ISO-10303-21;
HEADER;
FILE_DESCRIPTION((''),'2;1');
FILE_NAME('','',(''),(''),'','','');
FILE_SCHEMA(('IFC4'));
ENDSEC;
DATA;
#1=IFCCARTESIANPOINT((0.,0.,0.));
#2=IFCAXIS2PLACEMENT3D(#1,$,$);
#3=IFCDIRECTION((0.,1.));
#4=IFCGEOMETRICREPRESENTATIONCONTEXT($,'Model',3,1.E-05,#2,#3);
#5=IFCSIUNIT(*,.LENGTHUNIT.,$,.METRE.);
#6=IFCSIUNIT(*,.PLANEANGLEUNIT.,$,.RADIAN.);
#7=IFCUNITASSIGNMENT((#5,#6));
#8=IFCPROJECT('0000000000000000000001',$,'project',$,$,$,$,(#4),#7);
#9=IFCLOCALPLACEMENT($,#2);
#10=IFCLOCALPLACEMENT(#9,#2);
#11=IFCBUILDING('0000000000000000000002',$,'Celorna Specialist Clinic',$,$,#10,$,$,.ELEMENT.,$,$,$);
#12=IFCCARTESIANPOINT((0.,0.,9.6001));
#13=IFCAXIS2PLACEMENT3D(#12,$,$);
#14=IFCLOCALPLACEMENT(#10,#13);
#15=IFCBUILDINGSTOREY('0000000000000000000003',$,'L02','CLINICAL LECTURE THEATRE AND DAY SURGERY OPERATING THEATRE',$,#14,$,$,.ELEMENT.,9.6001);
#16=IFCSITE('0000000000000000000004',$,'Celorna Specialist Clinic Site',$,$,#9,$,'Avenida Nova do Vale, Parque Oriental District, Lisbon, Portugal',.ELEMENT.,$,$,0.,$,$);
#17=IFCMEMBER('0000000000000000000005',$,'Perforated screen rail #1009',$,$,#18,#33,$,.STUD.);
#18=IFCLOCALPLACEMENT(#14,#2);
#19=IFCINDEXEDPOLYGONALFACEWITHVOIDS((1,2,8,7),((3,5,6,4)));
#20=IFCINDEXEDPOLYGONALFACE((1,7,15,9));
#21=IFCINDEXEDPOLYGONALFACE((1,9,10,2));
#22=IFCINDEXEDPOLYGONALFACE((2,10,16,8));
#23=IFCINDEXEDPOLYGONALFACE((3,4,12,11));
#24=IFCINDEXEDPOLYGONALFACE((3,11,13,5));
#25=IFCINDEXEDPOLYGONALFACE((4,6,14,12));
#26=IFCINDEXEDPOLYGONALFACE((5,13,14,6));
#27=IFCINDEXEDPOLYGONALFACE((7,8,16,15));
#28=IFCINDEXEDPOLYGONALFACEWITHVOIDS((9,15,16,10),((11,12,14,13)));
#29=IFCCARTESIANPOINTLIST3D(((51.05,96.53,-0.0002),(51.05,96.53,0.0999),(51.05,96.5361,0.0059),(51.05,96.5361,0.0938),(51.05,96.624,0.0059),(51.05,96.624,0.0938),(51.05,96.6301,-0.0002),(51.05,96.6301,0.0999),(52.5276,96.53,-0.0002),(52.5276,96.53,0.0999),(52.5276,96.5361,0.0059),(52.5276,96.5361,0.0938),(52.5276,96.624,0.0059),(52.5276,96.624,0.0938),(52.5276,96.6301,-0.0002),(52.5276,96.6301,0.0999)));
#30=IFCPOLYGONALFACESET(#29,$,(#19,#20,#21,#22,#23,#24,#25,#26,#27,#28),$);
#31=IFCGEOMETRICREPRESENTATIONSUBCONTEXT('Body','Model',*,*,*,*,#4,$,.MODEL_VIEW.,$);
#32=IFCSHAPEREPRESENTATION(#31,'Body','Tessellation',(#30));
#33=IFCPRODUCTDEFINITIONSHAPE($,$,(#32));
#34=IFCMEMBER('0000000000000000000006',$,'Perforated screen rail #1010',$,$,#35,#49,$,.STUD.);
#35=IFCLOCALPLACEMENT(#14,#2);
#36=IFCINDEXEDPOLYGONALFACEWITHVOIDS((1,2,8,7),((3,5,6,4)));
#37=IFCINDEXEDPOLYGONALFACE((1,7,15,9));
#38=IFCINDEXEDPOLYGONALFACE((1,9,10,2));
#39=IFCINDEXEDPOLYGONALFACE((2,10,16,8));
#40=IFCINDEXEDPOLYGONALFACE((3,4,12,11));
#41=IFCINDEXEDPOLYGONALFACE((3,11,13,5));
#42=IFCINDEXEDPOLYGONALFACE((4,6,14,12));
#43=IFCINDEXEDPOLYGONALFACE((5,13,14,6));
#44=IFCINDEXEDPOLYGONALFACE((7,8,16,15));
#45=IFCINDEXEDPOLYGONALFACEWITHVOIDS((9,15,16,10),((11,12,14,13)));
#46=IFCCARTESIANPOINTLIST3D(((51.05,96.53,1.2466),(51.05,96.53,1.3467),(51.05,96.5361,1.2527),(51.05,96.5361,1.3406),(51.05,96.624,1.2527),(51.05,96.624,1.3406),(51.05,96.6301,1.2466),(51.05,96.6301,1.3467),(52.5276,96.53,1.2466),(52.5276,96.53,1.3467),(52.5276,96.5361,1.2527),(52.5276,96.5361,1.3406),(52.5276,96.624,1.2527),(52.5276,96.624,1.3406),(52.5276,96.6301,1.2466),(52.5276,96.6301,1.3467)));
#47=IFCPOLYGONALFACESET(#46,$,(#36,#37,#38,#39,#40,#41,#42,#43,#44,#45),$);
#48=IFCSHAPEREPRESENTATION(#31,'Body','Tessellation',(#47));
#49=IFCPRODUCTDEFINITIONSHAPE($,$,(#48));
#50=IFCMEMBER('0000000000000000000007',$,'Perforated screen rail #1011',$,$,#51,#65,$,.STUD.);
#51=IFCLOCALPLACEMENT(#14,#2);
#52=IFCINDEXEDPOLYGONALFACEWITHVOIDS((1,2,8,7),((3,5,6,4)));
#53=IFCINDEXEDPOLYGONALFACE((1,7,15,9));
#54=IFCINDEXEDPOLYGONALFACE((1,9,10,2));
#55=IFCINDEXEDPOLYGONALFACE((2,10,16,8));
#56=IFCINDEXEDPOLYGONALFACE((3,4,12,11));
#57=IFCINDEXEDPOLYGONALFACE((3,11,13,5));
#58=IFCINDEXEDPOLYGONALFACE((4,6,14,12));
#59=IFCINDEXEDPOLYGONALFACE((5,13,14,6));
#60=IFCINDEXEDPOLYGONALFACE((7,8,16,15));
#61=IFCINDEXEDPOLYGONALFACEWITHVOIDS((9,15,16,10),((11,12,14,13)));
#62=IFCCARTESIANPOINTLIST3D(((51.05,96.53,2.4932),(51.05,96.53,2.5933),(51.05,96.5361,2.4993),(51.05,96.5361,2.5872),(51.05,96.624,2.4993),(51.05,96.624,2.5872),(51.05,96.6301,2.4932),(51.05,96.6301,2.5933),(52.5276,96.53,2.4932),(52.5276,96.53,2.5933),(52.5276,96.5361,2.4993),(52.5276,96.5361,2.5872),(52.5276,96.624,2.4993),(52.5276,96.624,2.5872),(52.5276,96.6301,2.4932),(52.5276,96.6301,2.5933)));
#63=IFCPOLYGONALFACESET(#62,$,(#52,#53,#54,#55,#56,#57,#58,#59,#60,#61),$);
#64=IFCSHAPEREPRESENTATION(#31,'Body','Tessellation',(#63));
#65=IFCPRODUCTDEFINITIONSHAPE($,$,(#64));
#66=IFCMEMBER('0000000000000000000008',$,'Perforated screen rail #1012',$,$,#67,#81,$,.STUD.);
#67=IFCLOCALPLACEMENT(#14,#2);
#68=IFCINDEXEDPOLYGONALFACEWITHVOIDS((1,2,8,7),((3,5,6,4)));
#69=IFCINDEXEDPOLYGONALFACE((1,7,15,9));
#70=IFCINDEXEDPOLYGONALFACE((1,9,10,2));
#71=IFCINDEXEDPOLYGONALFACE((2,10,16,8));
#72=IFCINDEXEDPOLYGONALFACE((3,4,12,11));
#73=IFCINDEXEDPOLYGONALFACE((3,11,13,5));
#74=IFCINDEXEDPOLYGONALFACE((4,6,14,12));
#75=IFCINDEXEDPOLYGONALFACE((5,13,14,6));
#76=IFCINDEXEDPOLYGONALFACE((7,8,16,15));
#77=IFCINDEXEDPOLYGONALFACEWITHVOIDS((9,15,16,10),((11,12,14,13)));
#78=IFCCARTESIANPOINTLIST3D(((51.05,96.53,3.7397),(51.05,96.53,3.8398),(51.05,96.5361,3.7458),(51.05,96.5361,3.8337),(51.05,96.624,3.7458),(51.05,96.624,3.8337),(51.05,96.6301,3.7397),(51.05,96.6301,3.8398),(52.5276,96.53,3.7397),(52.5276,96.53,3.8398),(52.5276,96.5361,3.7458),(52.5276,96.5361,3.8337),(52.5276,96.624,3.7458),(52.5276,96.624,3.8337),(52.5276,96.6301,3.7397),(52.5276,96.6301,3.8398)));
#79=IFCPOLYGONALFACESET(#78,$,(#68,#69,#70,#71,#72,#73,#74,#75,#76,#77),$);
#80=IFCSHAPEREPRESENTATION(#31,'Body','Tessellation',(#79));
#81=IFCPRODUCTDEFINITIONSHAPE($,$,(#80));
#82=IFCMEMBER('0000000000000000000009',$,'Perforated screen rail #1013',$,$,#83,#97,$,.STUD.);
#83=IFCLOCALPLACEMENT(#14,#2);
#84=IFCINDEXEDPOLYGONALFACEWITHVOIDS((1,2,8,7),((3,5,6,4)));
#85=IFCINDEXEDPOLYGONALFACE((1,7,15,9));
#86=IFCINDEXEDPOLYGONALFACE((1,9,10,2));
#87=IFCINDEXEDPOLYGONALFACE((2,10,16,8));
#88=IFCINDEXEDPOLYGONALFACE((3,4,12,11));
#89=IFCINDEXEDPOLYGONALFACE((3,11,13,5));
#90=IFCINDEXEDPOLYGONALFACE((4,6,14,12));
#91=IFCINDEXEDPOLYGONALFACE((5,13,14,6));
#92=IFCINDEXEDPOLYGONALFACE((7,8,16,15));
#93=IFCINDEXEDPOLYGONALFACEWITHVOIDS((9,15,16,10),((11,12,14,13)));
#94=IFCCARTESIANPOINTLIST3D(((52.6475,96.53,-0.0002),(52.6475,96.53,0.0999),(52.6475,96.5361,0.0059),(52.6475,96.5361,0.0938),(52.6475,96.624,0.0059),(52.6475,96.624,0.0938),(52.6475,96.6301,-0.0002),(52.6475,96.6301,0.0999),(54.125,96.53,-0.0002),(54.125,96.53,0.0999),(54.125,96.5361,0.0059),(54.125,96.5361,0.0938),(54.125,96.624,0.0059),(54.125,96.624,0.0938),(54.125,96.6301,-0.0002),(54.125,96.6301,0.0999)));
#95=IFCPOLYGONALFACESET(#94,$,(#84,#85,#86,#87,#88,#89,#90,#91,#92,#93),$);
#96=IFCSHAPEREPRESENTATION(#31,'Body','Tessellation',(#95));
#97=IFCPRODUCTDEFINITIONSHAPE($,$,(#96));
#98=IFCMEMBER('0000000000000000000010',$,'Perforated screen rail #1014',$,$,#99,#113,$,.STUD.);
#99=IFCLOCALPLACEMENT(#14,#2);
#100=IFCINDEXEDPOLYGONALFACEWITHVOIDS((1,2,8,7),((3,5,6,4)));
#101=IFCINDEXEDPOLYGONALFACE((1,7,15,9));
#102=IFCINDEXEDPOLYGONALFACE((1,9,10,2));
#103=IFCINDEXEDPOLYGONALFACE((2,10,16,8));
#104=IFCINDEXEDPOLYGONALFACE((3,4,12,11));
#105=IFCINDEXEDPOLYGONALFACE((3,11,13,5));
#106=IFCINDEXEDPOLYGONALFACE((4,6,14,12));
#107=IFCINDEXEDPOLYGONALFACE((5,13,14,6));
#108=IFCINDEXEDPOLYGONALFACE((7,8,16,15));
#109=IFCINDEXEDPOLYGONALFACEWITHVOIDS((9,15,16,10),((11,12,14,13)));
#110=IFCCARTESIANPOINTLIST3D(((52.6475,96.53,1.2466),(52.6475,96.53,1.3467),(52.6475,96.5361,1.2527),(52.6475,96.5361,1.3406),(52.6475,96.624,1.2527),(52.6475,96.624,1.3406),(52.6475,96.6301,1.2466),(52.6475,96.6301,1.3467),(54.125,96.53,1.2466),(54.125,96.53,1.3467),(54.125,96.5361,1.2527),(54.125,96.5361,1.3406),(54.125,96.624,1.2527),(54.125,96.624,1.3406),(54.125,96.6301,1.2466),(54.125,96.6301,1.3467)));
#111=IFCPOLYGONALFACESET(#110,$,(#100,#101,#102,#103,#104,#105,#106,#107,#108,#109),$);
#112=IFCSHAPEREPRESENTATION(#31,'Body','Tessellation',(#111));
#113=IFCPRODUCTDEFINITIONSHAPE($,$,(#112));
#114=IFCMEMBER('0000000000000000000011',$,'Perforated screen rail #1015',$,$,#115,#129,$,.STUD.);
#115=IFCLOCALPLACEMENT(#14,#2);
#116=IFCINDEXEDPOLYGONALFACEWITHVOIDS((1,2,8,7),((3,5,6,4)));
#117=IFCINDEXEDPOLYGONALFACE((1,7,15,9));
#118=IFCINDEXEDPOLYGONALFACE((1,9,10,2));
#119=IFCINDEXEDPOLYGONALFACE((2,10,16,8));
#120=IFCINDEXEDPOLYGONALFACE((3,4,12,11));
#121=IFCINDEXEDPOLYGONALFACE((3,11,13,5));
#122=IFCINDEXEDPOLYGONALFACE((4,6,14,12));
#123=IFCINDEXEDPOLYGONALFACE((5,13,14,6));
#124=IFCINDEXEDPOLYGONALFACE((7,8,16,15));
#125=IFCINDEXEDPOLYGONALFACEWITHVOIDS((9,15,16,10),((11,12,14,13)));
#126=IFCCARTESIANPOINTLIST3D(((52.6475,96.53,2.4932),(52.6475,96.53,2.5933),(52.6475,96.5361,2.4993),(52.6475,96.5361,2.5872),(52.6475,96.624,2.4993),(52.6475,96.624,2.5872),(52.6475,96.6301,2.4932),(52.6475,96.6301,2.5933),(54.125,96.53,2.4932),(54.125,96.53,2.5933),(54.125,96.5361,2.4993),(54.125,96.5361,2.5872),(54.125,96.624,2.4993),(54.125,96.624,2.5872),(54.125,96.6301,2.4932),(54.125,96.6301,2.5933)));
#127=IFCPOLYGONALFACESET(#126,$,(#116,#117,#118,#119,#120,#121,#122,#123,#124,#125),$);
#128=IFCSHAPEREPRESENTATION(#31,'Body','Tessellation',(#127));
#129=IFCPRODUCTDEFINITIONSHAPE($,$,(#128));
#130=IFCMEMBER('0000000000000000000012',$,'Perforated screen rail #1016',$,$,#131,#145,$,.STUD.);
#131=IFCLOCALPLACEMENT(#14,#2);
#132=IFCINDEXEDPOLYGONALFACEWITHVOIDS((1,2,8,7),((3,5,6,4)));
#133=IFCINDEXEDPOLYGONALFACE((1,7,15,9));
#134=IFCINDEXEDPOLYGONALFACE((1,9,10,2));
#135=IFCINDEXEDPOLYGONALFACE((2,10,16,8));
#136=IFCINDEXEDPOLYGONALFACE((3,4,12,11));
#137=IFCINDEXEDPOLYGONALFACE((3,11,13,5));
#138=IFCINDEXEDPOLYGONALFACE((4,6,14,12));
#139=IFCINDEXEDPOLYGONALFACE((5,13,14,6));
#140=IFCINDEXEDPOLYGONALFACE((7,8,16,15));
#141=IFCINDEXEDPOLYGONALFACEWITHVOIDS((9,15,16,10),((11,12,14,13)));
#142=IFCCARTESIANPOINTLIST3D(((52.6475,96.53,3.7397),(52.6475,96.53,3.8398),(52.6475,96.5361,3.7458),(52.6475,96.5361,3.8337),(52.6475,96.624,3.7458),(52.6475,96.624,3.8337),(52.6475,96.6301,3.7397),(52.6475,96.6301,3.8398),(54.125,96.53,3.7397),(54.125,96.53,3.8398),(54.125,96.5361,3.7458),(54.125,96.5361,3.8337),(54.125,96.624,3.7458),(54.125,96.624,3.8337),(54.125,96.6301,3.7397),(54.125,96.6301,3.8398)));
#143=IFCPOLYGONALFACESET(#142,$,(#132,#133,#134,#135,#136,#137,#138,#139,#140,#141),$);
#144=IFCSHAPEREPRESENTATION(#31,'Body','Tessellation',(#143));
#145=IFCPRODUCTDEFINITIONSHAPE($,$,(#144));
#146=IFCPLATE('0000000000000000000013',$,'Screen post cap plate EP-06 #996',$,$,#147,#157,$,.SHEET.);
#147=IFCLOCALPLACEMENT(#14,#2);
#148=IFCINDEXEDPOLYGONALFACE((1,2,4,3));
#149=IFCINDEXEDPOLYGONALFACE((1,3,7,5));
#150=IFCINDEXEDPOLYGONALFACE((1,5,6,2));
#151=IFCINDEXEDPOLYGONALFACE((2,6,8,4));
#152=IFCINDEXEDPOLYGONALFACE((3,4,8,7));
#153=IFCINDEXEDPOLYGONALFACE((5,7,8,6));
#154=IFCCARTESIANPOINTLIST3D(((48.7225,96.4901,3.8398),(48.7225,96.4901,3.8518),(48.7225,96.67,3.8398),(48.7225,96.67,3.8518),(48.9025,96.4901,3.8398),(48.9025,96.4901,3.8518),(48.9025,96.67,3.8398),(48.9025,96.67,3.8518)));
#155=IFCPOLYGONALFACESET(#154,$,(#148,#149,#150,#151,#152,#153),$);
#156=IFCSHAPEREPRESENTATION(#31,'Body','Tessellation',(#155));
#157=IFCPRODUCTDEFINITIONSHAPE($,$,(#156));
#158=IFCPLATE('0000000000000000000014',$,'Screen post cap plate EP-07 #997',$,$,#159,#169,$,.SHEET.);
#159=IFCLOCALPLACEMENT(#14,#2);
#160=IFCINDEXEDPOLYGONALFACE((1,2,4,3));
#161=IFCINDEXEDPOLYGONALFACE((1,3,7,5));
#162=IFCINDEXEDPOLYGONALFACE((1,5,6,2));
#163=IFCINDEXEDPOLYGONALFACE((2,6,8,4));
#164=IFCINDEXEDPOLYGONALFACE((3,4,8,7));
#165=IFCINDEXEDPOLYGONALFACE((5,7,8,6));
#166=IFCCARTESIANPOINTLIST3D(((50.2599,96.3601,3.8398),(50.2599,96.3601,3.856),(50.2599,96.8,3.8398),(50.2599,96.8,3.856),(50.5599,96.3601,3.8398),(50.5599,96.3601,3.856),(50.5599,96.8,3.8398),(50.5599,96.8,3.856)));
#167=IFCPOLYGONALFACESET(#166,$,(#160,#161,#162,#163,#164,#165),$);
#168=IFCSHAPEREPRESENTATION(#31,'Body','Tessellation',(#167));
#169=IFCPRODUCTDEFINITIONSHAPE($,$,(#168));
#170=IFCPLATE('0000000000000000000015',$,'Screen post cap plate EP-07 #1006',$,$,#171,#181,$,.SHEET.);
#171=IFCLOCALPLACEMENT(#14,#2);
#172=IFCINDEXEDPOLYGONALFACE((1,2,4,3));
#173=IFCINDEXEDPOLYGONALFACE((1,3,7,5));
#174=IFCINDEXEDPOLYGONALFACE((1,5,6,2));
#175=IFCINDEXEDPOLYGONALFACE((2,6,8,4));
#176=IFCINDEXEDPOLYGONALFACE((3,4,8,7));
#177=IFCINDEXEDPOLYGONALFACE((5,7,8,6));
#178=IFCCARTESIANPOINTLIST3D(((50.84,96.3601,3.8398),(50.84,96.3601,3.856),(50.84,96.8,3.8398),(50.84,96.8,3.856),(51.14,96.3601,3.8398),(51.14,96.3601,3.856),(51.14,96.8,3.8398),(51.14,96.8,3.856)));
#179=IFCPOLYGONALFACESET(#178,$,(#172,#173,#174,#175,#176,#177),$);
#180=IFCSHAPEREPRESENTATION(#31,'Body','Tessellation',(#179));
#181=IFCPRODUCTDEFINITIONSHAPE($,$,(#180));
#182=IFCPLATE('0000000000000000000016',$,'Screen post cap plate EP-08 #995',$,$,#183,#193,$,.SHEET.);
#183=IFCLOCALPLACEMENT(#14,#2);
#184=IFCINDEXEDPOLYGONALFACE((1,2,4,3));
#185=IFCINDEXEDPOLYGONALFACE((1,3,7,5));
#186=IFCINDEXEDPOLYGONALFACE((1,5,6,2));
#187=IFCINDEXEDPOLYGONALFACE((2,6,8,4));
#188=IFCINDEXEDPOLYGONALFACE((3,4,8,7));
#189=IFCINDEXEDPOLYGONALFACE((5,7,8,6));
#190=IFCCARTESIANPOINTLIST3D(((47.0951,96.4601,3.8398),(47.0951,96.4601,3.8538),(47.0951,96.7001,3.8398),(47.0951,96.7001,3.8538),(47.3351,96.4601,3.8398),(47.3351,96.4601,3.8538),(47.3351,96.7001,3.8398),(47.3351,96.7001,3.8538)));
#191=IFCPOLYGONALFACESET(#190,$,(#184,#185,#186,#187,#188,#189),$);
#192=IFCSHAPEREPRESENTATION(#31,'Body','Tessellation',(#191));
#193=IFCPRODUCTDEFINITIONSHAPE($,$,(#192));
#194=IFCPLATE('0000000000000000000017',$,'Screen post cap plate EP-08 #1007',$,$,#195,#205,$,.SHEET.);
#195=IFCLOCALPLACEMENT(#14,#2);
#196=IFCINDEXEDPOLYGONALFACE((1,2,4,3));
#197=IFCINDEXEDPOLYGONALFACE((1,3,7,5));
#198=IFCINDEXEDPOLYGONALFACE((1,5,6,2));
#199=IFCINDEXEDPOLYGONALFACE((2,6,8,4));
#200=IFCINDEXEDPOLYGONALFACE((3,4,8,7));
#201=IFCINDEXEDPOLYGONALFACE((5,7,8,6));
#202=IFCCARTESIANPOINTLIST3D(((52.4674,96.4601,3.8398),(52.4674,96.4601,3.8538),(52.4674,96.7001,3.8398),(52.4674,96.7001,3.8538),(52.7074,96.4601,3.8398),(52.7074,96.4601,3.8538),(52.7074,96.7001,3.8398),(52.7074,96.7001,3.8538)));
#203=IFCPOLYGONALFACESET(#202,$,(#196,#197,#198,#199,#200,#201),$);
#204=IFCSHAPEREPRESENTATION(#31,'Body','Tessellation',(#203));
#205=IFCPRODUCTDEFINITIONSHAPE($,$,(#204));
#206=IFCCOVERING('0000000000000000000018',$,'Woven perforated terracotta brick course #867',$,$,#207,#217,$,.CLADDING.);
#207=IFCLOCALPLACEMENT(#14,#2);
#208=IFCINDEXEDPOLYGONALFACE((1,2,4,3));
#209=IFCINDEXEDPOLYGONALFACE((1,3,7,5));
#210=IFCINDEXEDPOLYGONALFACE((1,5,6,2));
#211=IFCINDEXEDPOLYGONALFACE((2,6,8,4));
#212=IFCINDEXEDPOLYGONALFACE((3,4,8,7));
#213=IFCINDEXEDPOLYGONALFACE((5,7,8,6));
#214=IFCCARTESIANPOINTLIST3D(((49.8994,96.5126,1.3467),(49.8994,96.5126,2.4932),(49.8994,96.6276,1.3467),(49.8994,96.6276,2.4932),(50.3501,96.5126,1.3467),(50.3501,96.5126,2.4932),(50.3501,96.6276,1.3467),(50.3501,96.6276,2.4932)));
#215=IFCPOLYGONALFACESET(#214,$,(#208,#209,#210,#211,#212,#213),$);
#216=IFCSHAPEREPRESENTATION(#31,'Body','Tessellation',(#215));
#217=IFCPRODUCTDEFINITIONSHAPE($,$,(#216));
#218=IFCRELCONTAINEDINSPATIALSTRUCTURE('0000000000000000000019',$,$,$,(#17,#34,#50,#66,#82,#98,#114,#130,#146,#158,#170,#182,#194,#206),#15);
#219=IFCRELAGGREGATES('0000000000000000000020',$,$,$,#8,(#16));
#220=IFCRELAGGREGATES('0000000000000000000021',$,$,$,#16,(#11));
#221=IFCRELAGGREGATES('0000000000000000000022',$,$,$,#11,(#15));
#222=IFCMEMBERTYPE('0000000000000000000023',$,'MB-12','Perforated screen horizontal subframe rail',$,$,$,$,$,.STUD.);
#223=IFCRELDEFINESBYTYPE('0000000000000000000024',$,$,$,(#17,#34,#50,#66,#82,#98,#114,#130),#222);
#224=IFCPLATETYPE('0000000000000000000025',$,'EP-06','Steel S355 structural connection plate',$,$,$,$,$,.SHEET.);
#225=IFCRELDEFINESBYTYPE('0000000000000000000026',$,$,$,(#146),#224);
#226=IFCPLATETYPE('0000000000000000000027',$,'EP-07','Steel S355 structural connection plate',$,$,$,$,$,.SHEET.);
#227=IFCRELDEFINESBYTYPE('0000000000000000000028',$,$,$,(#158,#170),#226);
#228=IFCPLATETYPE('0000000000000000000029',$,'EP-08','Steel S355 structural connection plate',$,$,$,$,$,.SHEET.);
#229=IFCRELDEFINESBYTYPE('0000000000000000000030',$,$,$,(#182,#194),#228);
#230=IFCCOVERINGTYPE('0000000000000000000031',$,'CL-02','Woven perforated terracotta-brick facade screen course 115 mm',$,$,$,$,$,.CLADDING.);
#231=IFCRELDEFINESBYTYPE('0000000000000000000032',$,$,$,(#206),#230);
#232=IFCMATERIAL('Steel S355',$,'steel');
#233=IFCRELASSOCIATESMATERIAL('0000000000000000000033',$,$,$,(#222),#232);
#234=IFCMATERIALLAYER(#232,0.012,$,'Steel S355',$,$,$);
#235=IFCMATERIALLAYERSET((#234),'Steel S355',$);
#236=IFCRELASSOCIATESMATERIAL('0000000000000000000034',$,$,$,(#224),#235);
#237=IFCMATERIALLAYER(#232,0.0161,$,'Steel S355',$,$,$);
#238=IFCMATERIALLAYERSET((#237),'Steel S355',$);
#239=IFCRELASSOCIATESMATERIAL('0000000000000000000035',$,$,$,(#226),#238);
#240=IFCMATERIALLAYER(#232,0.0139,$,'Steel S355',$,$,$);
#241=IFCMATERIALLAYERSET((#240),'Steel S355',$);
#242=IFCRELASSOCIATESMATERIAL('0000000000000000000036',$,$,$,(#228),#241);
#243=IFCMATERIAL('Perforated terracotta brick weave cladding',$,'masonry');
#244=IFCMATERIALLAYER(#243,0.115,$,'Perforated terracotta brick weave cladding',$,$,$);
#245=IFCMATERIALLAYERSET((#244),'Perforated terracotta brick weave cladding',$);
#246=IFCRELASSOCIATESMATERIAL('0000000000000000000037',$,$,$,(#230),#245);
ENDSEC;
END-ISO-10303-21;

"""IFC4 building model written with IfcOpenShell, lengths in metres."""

from ifc_helpers import new_model, si_unit, direction, frame, origin, origin_2d, place, context, subcontext, project, spatial, rectangle, hollow_rectangle, extrude, material, layer, layer_set, material_profile, profile_set, type_object, element, save


model = new_model("IFC4")

# Units and contexts
model_context = context("Model", 3, precision=1e-05, world=origin(), true_north=direction((0.0, 1.0)))
body_context = subcontext(model_context, "Body", "Model", "MODEL_VIEW")
ifc_project = project(units=[si_unit("LENGTHUNIT", "METRE"), si_unit("PLANEANGLEUNIT", "RADIAN")], contexts=[model_context])

# Site, building, storey
site_placement = place(None, origin())
site = spatial("IfcSite", under=ifc_project, at=site_placement, Name="Celorna Specialist Clinic Site", LongName="Avenida Nova do Vale, Parque Oriental District, Lisbon, Portugal", CompositionType="ELEMENT", RefElevation=0.0)
building_placement = place(site_placement, origin())
building = spatial("IfcBuilding", under=site, at=building_placement, Name="Celorna Specialist Clinic", CompositionType="ELEMENT")
storey_placement = place(building_placement, frame((0.0, 0.0, 9.6001)))
storey = spatial("IfcBuildingStorey", under=building, at=storey_placement, Name="L02", Description="CLINICAL LECTURE THEATRE AND DAY SURGERY OPERATING THEATRE", CompositionType="ELEMENT", Elevation=9.6001)

# Members
ifc_material_1 = material(Name="Steel S355", Category="steel")
ifc_material_profile_1 = material_profile(ifc_material_1, hollow_rectangle(XDim=0.1001, YDim=0.1001, WallThickness=0.0061, at=origin_2d()), Name="SHS 100x100x6")
ifc_profile_set_1 = profile_set([ifc_material_profile_1], Name="Steel S355")
member_type_1 = type_object("IfcMemberType", Name="MB-12", Description="Perforated screen horizontal subframe rail", PredefinedType="STUD", material=ifc_profile_set_1)
for number, where, z_axis, x_axis, name in (
    (1, (51.05, 96.5801, 0.0498), (1.0, 0.0, 0.0), (0.0, 1.0, 0.0), "Perforated screen rail #1009"),
    (2, (51.05, 96.5801, 1.2966), (1.0, 0.0, 0.0), (0.0, 1.0, 0.0), "Perforated screen rail #1010"),
    (3, (51.05, 96.5801, 2.5432), (1.0, 0.0, 0.0), (0.0, 1.0, 0.0), "Perforated screen rail #1011"),
    (4, (51.05, 96.5801, 3.7898), (1.0, 0.0, 0.0), (0.0, 1.0, 0.0), "Perforated screen rail #1012"),
    (5, (52.6475, 96.5801, 0.0498), (1.0, 0.0, 0.0), (0.0, 1.0, 0.0), "Perforated screen rail #1013"),
    (6, (52.6475, 96.5801, 1.2966), (1.0, 0.0, 0.0), (0.0, 1.0, 0.0), "Perforated screen rail #1014"),
    (7, (52.6475, 96.5801, 2.5432), (1.0, 0.0, 0.0), (0.0, 1.0, 0.0), "Perforated screen rail #1015"),
    (8, (52.6475, 96.5801, 3.7898), (1.0, 0.0, 0.0), (0.0, 1.0, 0.0), "Perforated screen rail #1016"),
):
    element("IfcMember", number, at=place(storey_placement, frame(where, z_axis=z_axis, x_axis=x_axis)), inside=storey, type_object=member_type_1, Name=name, PredefinedType="STUD", context=body_context, shape_type="SweptSolid", body=[
        extrude(hollow_rectangle(XDim=0.1001, YDim=0.1001, WallThickness=0.0061, at=origin_2d()), origin(), (0.0, 0.0, 1.0), 1.4775),
    ])

# Plates
ifc_layer_1 = layer(ifc_material_1, 0.012, Name="Steel S355")
ifc_layer_set_1 = layer_set([ifc_layer_1], Name="Steel S355")
plate_type_1 = type_object("IfcPlateType", Name="EP-06", Description="Steel S355 structural connection plate", PredefinedType="SHEET", material=ifc_layer_set_1)
plate_placement = place(storey_placement, frame((48.8125, 96.5801, 3.8398), z_axis=(0.0, 0.0, 1.0), x_axis=(1.0, 0.0, 0.0)))
element("IfcPlate", 9, at=plate_placement, inside=storey, type_object=plate_type_1, Name="Screen post cap plate EP-06 #996", PredefinedType="SHEET", context=body_context, shape_type="SweptSolid", body=[
    extrude(rectangle(XDim=0.1799, YDim=0.1799, at=origin_2d()), origin(), (0.0, 0.0, 1.0), 0.012),
])
ifc_layer_2 = layer(ifc_material_1, 0.0161, Name="Steel S355")
ifc_layer_set_2 = layer_set([ifc_layer_2], Name="Steel S355")
plate_type_2 = type_object("IfcPlateType", Name="EP-07", Description="Steel S355 structural connection plate", PredefinedType="SHEET", material=ifc_layer_set_2)
for number, where, z_axis, x_axis, name in (
    (10, (50.4099, 96.5801, 3.8398), (0.0, 0.0, 1.0), (1.0, 0.0, 0.0), "Screen post cap plate EP-07 #997"),
    (11, (50.99, 96.5801, 3.8398), (0.0, 0.0, 1.0), (1.0, 0.0, 0.0), "Screen post cap plate EP-07 #1006"),
):
    element("IfcPlate", number, at=place(storey_placement, frame(where, z_axis=z_axis, x_axis=x_axis)), inside=storey, type_object=plate_type_2, Name=name, PredefinedType="SHEET", context=body_context, shape_type="SweptSolid", body=[
        extrude(rectangle(XDim=0.3, YDim=0.4399, at=origin_2d()), origin(), (0.0, 0.0, 1.0), 0.0161),
    ])
ifc_layer_3 = layer(ifc_material_1, 0.0139, Name="Steel S355")
ifc_layer_set_3 = layer_set([ifc_layer_3], Name="Steel S355")
plate_type_3 = type_object("IfcPlateType", Name="EP-08", Description="Steel S355 structural connection plate", PredefinedType="SHEET", material=ifc_layer_set_3)
for number, where, z_axis, x_axis, name in (
    (12, (47.2151, 96.5801, 3.8398), (0.0, 0.0, 1.0), (1.0, 0.0, 0.0), "Screen post cap plate EP-08 #995"),
    (13, (52.5874, 96.5801, 3.8398), (0.0, 0.0, 1.0), (1.0, 0.0, 0.0), "Screen post cap plate EP-08 #1007"),
):
    element("IfcPlate", number, at=place(storey_placement, frame(where, z_axis=z_axis, x_axis=x_axis)), inside=storey, type_object=plate_type_3, Name=name, PredefinedType="SHEET", context=body_context, shape_type="SweptSolid", body=[
        extrude(rectangle(XDim=0.24, YDim=0.24, at=origin_2d()), origin(), (0.0, 0.0, 1.0), 0.0139),
    ])

# Covering
ifc_material_2 = material(Name="Perforated terracotta brick weave cladding", Category="masonry")
ifc_layer_4 = layer(ifc_material_2, 0.115, Name="Perforated terracotta brick weave cladding")
ifc_layer_set_4 = layer_set([ifc_layer_4], Name="Perforated terracotta brick weave cladding")
covering_type = type_object("IfcCoveringType", Name="CL-02", Description="Woven perforated terracotta-brick facade screen course 115 mm", PredefinedType="CLADDING", material=ifc_layer_set_4)
covering_1_placement = place(storey_placement, frame((50.1248, 96.5701, 1.3467), z_axis=(0.0, 0.0, 1.0), x_axis=(1.0, 0.0, 0.0)))
element("IfcCovering", 14, at=covering_1_placement, inside=storey, type_object=covering_type, Name="Woven perforated terracotta brick course #867", PredefinedType="CLADDING", context=body_context, shape_type="SweptSolid", body=[
    extrude(rectangle(XDim=0.4507, YDim=0.115, at=origin_2d()), origin(), (0.0, 0.0, 1.0), 1.1465),
])

save(model, "model.ifc")
